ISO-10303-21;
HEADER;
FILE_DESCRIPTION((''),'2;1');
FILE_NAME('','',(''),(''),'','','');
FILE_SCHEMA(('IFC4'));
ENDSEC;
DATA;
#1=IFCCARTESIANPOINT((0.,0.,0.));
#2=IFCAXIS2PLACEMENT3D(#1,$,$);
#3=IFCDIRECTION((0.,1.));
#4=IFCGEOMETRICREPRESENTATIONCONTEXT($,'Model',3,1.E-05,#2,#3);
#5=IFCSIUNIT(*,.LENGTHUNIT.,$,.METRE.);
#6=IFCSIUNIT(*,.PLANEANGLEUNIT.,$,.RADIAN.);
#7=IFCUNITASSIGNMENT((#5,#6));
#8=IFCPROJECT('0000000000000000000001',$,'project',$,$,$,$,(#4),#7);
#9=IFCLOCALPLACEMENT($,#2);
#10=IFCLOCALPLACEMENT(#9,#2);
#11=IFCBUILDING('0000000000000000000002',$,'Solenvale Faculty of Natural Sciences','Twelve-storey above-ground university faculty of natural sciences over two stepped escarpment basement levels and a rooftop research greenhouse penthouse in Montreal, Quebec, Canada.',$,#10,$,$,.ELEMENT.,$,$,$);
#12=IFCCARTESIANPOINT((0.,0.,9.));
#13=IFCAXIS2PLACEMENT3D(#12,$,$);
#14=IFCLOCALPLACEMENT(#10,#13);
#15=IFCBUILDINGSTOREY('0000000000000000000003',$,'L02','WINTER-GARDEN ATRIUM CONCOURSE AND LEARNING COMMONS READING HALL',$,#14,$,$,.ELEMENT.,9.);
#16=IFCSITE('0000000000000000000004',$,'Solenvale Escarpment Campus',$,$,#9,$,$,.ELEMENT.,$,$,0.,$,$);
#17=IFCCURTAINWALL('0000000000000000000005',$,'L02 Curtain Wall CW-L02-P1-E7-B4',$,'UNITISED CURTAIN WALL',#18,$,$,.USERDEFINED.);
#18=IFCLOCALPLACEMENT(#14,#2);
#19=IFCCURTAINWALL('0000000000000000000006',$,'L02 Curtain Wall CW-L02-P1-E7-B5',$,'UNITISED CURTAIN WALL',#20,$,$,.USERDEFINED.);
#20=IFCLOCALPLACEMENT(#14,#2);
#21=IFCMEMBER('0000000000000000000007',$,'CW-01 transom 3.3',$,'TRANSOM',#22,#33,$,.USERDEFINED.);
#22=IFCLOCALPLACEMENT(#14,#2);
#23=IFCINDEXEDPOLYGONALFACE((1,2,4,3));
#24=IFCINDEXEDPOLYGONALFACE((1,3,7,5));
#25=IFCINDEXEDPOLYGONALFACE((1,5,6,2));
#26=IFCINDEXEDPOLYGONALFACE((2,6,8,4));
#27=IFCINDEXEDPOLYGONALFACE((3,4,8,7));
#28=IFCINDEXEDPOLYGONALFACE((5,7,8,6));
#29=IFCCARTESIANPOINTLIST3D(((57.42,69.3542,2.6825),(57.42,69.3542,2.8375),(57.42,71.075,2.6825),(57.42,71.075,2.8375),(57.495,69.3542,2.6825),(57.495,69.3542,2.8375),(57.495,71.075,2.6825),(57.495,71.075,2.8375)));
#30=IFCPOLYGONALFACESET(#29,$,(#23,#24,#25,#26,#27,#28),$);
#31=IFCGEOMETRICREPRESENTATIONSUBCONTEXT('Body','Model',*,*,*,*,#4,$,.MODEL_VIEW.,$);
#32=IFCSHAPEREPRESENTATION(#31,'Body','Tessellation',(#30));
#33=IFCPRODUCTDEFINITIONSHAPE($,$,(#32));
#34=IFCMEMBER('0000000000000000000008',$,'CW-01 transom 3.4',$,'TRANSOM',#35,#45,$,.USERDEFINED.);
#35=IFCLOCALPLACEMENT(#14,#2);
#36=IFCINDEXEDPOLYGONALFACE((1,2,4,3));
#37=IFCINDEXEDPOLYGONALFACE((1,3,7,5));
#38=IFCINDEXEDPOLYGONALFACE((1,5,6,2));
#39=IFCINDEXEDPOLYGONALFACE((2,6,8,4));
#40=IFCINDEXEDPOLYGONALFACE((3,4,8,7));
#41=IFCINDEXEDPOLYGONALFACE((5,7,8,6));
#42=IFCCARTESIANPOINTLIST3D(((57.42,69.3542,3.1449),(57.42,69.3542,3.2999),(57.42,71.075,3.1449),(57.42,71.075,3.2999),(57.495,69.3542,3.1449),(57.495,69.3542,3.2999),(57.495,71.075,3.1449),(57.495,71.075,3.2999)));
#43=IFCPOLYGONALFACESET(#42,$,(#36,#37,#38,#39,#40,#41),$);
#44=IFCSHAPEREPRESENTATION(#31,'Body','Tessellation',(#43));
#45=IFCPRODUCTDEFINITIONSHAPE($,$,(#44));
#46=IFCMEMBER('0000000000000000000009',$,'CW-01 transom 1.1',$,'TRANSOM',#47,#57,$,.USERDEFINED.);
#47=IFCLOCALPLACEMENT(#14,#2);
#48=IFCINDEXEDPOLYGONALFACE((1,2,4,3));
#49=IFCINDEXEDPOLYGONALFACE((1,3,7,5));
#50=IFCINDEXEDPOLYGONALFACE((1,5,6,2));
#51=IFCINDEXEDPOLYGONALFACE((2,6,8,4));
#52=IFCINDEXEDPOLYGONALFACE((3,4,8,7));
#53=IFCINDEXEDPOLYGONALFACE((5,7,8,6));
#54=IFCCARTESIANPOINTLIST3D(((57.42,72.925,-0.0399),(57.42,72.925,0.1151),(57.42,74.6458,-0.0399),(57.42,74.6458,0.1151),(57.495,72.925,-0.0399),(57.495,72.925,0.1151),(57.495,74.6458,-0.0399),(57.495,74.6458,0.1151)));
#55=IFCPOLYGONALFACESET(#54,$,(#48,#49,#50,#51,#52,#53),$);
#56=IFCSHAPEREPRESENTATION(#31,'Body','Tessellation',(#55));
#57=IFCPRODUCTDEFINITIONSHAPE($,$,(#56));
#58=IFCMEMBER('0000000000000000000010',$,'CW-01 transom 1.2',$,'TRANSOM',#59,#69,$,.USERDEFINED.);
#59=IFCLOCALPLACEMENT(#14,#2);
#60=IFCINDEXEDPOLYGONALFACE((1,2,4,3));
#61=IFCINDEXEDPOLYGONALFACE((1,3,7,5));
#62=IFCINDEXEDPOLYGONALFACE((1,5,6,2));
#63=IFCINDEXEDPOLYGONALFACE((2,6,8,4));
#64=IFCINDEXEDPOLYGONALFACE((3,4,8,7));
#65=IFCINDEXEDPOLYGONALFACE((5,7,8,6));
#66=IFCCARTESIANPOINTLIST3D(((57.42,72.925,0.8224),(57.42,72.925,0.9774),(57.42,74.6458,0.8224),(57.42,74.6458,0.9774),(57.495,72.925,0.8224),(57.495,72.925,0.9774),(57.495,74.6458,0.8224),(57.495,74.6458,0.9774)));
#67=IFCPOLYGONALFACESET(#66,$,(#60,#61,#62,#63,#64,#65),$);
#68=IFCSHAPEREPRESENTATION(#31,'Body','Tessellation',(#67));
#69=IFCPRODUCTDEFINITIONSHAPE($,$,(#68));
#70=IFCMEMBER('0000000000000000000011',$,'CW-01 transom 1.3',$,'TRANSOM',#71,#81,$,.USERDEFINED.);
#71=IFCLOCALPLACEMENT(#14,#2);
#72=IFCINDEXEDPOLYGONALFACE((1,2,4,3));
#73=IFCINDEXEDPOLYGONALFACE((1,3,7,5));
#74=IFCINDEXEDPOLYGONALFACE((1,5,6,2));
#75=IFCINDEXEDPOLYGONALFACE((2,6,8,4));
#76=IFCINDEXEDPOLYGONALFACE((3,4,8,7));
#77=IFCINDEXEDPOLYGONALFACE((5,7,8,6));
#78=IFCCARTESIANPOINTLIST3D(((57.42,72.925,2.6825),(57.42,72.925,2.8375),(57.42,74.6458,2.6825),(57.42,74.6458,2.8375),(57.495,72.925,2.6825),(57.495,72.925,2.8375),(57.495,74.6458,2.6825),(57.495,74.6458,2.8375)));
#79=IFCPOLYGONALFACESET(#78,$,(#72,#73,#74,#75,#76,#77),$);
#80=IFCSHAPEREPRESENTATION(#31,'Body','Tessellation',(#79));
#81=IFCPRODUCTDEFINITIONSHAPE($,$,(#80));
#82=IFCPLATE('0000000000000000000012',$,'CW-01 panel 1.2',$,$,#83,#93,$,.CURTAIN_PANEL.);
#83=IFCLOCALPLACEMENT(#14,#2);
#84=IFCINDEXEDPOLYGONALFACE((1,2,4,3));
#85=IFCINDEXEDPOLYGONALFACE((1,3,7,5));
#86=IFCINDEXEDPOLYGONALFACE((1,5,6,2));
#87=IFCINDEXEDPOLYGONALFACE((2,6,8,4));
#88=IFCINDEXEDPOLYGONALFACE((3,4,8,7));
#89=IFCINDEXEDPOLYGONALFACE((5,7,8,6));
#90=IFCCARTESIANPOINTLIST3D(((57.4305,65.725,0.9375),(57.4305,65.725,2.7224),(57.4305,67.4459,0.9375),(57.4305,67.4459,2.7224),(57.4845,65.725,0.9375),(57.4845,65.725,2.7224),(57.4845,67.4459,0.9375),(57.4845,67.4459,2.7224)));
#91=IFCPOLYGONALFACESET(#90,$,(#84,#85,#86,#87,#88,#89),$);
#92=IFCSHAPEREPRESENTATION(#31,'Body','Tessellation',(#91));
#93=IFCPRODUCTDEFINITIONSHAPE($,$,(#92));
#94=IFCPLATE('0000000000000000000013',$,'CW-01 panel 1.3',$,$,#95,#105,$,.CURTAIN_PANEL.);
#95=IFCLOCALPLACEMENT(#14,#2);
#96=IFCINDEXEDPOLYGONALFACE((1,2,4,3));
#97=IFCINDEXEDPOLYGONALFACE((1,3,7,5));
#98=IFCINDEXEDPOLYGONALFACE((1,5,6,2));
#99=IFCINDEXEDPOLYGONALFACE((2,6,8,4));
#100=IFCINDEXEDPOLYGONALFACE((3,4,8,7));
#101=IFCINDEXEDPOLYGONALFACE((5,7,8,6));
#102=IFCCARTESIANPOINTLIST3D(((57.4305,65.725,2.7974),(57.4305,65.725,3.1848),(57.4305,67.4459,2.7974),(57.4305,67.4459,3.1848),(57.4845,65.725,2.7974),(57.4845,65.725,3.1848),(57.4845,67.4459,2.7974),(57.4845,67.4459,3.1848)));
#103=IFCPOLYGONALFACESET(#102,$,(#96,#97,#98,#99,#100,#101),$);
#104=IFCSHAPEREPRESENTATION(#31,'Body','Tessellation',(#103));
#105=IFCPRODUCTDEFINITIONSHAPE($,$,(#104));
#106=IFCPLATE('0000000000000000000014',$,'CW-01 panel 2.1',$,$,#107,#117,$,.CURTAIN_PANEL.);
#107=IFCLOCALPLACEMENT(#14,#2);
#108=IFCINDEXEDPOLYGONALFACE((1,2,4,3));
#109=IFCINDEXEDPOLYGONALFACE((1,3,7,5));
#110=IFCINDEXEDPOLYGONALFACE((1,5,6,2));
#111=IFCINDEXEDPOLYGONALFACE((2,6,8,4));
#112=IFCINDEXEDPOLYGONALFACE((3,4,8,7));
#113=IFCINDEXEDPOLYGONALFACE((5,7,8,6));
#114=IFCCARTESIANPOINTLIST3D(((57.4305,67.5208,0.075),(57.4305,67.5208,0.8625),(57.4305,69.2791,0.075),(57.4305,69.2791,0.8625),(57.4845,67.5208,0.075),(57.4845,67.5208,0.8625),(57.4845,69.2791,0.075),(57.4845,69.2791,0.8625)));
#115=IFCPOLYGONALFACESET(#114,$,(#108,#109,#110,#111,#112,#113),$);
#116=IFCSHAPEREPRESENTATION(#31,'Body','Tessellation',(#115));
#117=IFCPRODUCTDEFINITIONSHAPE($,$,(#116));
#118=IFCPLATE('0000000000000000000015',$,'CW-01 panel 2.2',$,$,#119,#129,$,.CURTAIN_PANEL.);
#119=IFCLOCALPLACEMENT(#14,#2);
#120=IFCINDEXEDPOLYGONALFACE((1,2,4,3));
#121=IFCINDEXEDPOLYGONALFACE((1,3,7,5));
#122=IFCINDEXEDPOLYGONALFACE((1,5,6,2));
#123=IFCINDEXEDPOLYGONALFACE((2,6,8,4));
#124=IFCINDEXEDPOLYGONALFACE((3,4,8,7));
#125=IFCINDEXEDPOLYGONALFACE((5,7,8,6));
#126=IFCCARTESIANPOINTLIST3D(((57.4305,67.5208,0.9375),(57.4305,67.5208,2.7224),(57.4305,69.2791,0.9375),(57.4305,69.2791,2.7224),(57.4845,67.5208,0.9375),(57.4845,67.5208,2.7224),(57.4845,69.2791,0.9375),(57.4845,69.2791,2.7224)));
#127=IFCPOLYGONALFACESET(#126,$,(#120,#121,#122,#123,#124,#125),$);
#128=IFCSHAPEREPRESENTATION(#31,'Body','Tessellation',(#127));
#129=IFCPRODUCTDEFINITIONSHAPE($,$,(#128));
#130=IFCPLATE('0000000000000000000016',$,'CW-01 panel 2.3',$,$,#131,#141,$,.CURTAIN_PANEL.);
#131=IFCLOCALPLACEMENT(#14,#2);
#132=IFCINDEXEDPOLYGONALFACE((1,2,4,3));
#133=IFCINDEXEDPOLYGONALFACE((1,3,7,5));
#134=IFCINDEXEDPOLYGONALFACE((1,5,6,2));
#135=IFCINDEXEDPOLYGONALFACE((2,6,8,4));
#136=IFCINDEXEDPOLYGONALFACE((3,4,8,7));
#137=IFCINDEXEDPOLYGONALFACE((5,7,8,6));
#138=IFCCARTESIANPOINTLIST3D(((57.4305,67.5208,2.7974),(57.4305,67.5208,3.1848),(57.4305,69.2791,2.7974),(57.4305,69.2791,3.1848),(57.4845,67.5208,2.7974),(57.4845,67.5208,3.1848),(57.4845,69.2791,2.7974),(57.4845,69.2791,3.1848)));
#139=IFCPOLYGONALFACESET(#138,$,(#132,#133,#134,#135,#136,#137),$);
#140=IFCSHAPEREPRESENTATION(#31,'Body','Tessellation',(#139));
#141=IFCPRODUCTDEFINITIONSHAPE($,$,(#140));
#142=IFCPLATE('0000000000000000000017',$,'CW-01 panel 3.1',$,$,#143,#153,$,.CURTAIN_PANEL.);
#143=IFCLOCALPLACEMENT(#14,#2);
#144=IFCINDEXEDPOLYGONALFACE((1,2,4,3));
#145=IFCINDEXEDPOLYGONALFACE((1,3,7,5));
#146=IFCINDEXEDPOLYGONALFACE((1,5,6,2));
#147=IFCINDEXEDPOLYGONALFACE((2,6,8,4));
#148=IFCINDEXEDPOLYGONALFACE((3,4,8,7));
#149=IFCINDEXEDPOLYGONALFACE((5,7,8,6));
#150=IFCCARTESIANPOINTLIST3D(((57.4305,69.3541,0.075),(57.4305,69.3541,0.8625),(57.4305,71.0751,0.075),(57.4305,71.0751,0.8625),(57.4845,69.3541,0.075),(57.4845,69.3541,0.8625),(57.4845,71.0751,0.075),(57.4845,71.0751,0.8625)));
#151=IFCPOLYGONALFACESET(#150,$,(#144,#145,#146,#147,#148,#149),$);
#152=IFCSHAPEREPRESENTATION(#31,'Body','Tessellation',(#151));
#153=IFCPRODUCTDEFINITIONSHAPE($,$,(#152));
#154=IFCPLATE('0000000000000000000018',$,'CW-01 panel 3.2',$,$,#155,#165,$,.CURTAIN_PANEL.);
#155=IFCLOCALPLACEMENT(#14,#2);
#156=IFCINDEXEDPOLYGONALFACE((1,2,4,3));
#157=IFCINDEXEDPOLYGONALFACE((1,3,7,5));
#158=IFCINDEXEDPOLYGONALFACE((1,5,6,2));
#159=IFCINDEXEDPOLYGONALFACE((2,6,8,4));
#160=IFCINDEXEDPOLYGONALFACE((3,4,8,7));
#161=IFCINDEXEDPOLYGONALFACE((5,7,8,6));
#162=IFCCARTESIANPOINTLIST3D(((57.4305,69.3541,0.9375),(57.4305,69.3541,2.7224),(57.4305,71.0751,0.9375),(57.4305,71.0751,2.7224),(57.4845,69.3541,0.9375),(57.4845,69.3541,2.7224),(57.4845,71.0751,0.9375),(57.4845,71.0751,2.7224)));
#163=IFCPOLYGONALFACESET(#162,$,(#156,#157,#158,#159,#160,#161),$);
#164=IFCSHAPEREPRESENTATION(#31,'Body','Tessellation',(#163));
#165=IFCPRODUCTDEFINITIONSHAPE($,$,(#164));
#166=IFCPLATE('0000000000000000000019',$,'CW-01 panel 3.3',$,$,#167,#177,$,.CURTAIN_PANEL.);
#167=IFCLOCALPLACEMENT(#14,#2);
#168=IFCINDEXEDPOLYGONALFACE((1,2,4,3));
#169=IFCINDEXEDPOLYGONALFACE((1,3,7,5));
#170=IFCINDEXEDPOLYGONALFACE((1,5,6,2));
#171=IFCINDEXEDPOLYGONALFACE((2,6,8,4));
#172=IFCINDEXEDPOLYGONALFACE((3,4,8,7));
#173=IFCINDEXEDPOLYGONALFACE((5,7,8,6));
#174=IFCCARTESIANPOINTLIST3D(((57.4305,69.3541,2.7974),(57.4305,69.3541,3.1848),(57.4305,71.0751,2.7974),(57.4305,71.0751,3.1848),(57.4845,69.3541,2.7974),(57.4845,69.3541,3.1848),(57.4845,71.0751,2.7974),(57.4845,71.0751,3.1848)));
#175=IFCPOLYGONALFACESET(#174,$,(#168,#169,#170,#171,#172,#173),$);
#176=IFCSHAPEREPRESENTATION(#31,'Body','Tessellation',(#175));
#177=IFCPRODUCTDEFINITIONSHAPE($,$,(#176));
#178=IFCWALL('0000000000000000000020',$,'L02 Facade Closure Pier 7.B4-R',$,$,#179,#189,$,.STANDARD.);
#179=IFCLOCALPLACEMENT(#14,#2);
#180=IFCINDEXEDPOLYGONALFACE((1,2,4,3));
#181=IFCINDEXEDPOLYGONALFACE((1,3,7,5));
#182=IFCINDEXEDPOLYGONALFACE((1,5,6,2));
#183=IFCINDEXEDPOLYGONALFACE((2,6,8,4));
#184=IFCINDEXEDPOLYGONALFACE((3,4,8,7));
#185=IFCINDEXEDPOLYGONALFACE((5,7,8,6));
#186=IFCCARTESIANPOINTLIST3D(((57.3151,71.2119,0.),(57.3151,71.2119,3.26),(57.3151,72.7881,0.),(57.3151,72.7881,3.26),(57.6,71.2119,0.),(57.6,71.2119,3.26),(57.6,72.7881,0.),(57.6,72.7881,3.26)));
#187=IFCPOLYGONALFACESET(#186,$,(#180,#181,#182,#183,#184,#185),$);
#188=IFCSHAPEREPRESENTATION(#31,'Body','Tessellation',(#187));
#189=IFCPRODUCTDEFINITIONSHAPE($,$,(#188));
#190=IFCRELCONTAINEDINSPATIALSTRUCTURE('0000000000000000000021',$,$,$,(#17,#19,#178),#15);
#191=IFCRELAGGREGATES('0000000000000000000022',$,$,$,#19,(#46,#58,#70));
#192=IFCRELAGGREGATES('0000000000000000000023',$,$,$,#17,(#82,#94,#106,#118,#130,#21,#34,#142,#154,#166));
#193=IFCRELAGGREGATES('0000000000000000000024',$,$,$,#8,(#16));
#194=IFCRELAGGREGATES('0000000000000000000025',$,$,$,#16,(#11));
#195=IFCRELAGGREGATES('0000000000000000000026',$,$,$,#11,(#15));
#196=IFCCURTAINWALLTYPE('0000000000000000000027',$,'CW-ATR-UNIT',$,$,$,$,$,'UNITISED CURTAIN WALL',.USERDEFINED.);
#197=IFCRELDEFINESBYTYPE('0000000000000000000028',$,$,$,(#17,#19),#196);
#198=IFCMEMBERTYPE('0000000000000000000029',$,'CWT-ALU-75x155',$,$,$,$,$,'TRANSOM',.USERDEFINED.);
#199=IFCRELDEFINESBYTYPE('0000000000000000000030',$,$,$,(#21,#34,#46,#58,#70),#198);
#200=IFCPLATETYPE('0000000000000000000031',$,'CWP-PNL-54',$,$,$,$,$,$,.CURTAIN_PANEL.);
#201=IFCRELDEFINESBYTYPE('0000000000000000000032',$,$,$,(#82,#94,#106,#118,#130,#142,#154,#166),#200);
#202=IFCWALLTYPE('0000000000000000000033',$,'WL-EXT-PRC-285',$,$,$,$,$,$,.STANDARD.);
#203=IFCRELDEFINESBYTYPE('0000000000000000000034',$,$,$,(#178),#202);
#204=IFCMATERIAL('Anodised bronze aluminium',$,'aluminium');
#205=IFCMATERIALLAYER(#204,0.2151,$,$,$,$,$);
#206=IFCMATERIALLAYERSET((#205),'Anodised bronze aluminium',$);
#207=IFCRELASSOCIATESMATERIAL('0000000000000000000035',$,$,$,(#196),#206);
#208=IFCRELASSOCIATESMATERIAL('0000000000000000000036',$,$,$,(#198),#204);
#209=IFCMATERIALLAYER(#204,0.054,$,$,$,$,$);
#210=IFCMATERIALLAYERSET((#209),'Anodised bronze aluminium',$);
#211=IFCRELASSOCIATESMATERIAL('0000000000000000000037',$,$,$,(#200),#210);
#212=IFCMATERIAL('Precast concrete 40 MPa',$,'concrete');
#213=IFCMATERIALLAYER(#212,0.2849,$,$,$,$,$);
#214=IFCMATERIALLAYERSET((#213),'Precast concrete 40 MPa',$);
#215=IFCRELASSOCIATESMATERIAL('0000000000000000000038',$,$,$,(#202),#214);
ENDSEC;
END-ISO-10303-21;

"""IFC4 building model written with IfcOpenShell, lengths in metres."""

from ifc_helpers import new_model, si_unit, direction, frame, frame_2d, origin, origin_2d, place, context, subcontext, project, spatial, rectangle, extrude, material, layer, layer_set, material_profile, profile_set, type_object, element, aggregate, save


model = new_model("IFC4")

# Units and contexts
model_context = context("Model", 3, precision=1e-05, world=origin(), true_north=direction((0.0, 1.0)))
body_context = subcontext(model_context, "Body", "Model", "MODEL_VIEW")
ifc_project = project(units=[si_unit("LENGTHUNIT", "METRE"), si_unit("PLANEANGLEUNIT", "RADIAN")], contexts=[model_context])

# Site, building, storey
site_placement = place(None, origin())
site = spatial("IfcSite", under=ifc_project, at=site_placement, Name="Solenvale Escarpment Campus", CompositionType="ELEMENT", RefElevation=0.0)
building_placement = place(site_placement, origin())
building = spatial("IfcBuilding", under=site, at=building_placement, Name="Solenvale Faculty of Natural Sciences", Description="Twelve-storey above-ground university faculty of natural sciences over two stepped escarpment basement levels and a rooftop research greenhouse penthouse in Montreal, Quebec, Canada.", CompositionType="ELEMENT")
storey_placement = place(building_placement, frame((0.0, 0.0, 9.0)))
storey = spatial("IfcBuildingStorey", under=building, at=storey_placement, Name="L02", Description="WINTER-GARDEN ATRIUM CONCOURSE AND LEARNING COMMONS READING HALL", CompositionType="ELEMENT", Elevation=9.0)

# Curtain wall
ifc_material_1 = material(Name="Anodised bronze aluminium", Category="aluminium")
ifc_layer_1 = layer(ifc_material_1, 0.2151)
ifc_layer_set_1 = layer_set([ifc_layer_1], Name="Anodised bronze aluminium")
curtain_wall_type = type_object("IfcCurtainWallType", Name="CW-ATR-UNIT", ElementType="UNITISED CURTAIN WALL", PredefinedType="USERDEFINED", material=ifc_layer_set_1)
curtain_wall_1_placement = place(storey_placement, origin())
curtain_wall_1 = element("IfcCurtainWall", 1, at=curtain_wall_1_placement, inside=storey, type_object=curtain_wall_type, Name="L02 Curtain Wall CW-L02-P1-E7-B4", ObjectType="UNITISED CURTAIN WALL", PredefinedType="USERDEFINED")

# Curtain wall
curtain_wall_2_placement = place(storey_placement, origin())
curtain_wall_2 = element("IfcCurtainWall", 2, at=curtain_wall_2_placement, inside=storey, type_object=curtain_wall_type, Name="L02 Curtain Wall CW-L02-P1-E7-B5", ObjectType="UNITISED CURTAIN WALL", PredefinedType="USERDEFINED")

# Members
ifc_material_profile_1 = material_profile(ifc_material_1, rectangle(XDim=0.075, YDim=0.155, at=origin_2d()), Name="ALU-TRN-75x155")
ifc_profile_set_1 = profile_set([ifc_material_profile_1], Name="Anodised bronze aluminium")
member_type_1 = type_object("IfcMemberType", Name="CWT-ALU-75x155", ElementType="TRANSOM", PredefinedType="USERDEFINED", material=ifc_profile_set_1)
member_1_placement = place(storey_placement, frame((57.4575, 69.3542, 2.76), z_axis=(0.0, 1.0, 0.0), x_axis=(-1.0, 0.0, 0.0)))
member_1 = element("IfcMember", 3, at=member_1_placement, type_object=member_type_1, Name="CW-01 transom 3.3", ObjectType="TRANSOM", PredefinedType="USERDEFINED", context=body_context, shape_type="SweptSolid", body=[
    extrude(rectangle(XDim=0.075, YDim=0.155, at=origin_2d()), origin(), (0.0, 0.0, 1.0), 1.7207),
])
member_2_placement = place(storey_placement, frame((57.4575, 69.3542, 3.2224), z_axis=(0.0, 1.0, 0.0), x_axis=(-1.0, 0.0, 0.0)))
member_2 = element("IfcMember", 4, at=member_2_placement, type_object=member_type_1, Name="CW-01 transom 3.4", ObjectType="TRANSOM", PredefinedType="USERDEFINED", context=body_context, shape_type="SweptSolid", body=[
    extrude(rectangle(XDim=0.075, YDim=0.155, at=origin_2d()), origin(), (0.0, 0.0, 1.0), 1.7207),
])
member_3_placement = place(storey_placement, frame((57.4575, 72.925, 0.0376), z_axis=(0.0, 1.0, 0.0), x_axis=(-1.0, 0.0, 0.0)))
member_3 = element("IfcMember", 5, at=member_3_placement, type_object=member_type_1, Name="CW-01 transom 1.1", ObjectType="TRANSOM", PredefinedType="USERDEFINED", context=body_context, shape_type="SweptSolid", body=[
    extrude(rectangle(XDim=0.075, YDim=0.155, at=origin_2d()), origin(), (0.0, 0.0, 1.0), 1.7207),
])
member_4_placement = place(storey_placement, frame((57.4575, 72.925, 0.8999), z_axis=(0.0, 1.0, 0.0), x_axis=(-1.0, 0.0, 0.0)))
member_4 = element("IfcMember", 6, at=member_4_placement, type_object=member_type_1, Name="CW-01 transom 1.2", ObjectType="TRANSOM", PredefinedType="USERDEFINED", context=body_context, shape_type="SweptSolid", body=[
    extrude(rectangle(XDim=0.075, YDim=0.155, at=origin_2d()), origin(), (0.0, 0.0, 1.0), 1.7207),
])
member_5_placement = place(storey_placement, frame((57.4575, 72.925, 2.76), z_axis=(0.0, 1.0, 0.0), x_axis=(-1.0, 0.0, 0.0)))
member_5 = element("IfcMember", 7, at=member_5_placement, type_object=member_type_1, Name="CW-01 transom 1.3", ObjectType="TRANSOM", PredefinedType="USERDEFINED", context=body_context, shape_type="SweptSolid", body=[
    extrude(rectangle(XDim=0.075, YDim=0.155, at=origin_2d()), origin(), (0.0, 0.0, 1.0), 1.7207),
])
aggregate(curtain_wall_2, [member_3, member_4, member_5])

# Plates
ifc_layer_2 = layer(ifc_material_1, 0.054)
ifc_layer_set_2 = layer_set([ifc_layer_2], Name="Anodised bronze aluminium")
plate_type = type_object("IfcPlateType", Name="CWP-PNL-54", PredefinedType="CURTAIN_PANEL", material=ifc_layer_set_2)
plate_1_placement = place(storey_placement, frame((57.4575, 66.5854, 0.9375), z_axis=(0.0, 0.0, 1.0), x_axis=(0.0, 1.0, 0.0)))
plate_1 = element("IfcPlate", 8, at=plate_1_placement, type_object=plate_type, Name="CW-01 panel 1.2", PredefinedType="CURTAIN_PANEL", context=body_context, shape_type="SweptSolid", body=[
    extrude(rectangle(XDim=1.7209, YDim=0.054, at=origin_2d()), origin(), (0.0, 0.0, 1.0), 1.7849),
])
plate_2_placement = place(storey_placement, frame((57.4575, 66.5854, 2.7974), z_axis=(0.0, 0.0, 1.0), x_axis=(0.0, 1.0, 0.0)))
plate_2 = element("IfcPlate", 9, at=plate_2_placement, type_object=plate_type, Name="CW-01 panel 1.3", PredefinedType="CURTAIN_PANEL", context=body_context, shape_type="SweptSolid", body=[
    extrude(rectangle(XDim=1.7209, YDim=0.054, at=origin_2d()), origin(), (0.0, 0.0, 1.0), 0.3875),
])
plate_3_placement = place(storey_placement, frame((57.4575, 68.3999, 0.075), z_axis=(0.0, 0.0, 1.0), x_axis=(0.0, 1.0, 0.0)))
plate_3 = element("IfcPlate", 10, at=plate_3_placement, type_object=plate_type, Name="CW-01 panel 2.1", PredefinedType="CURTAIN_PANEL", context=body_context, shape_type="SweptSolid", body=[
    extrude(rectangle(XDim=1.7583, YDim=0.054, at=origin_2d()), origin(), (0.0, 0.0, 1.0), 0.7876),
])
plate_4_placement = place(storey_placement, frame((57.4575, 68.3999, 0.9375), z_axis=(0.0, 0.0, 1.0), x_axis=(0.0, 1.0, 0.0)))
plate_4 = element("IfcPlate", 11, at=plate_4_placement, type_object=plate_type, Name="CW-01 panel 2.2", PredefinedType="CURTAIN_PANEL", context=body_context, shape_type="SweptSolid", body=[
    extrude(rectangle(XDim=1.7583, YDim=0.054, at=origin_2d()), origin(), (0.0, 0.0, 1.0), 1.7849),
])
plate_5_placement = place(storey_placement, frame((57.4575, 68.3999, 2.7974), z_axis=(0.0, 0.0, 1.0), x_axis=(0.0, 1.0, 0.0)))
plate_5 = element("IfcPlate", 12, at=plate_5_placement, type_object=plate_type, Name="CW-01 panel 2.3", PredefinedType="CURTAIN_PANEL", context=body_context, shape_type="SweptSolid", body=[
    extrude(rectangle(XDim=1.7583, YDim=0.054, at=origin_2d()), origin(), (0.0, 0.0, 1.0), 0.3875),
])
plate_6_placement = place(storey_placement, frame((57.4575, 70.2146, 0.075), z_axis=(0.0, 0.0, 1.0), x_axis=(0.0, 1.0, 0.0)))
plate_6 = element("IfcPlate", 13, at=plate_6_placement, type_object=plate_type, Name="CW-01 panel 3.1", PredefinedType="CURTAIN_PANEL", context=body_context, shape_type="SweptSolid", body=[
    extrude(rectangle(XDim=1.7209, YDim=0.054, at=origin_2d()), origin(), (0.0, 0.0, 1.0), 0.7876),
])
plate_7_placement = place(storey_placement, frame((57.4575, 70.2146, 0.9375), z_axis=(0.0, 0.0, 1.0), x_axis=(0.0, 1.0, 0.0)))
plate_7 = element("IfcPlate", 14, at=plate_7_placement, type_object=plate_type, Name="CW-01 panel 3.2", PredefinedType="CURTAIN_PANEL", context=body_context, shape_type="SweptSolid", body=[
    extrude(rectangle(XDim=1.7209, YDim=0.054, at=origin_2d()), origin(), (0.0, 0.0, 1.0), 1.7849),
])
plate_8_placement = place(storey_placement, frame((57.4575, 70.2146, 2.7974), z_axis=(0.0, 0.0, 1.0), x_axis=(0.0, 1.0, 0.0)))
plate_8 = element("IfcPlate", 15, at=plate_8_placement, type_object=plate_type, Name="CW-01 panel 3.3", PredefinedType="CURTAIN_PANEL", context=body_context, shape_type="SweptSolid", body=[
    extrude(rectangle(XDim=1.7209, YDim=0.054, at=origin_2d()), origin(), (0.0, 0.0, 1.0), 0.3875),
])
aggregate(curtain_wall_1, [plate_1, plate_2, plate_3, plate_4, plate_5, member_1, member_2, plate_6, plate_7, plate_8])

# Wall
ifc_material_2 = material(Name="Precast concrete 40 MPa", Category="concrete")
ifc_layer_3 = layer(ifc_material_2, 0.2849)
ifc_layer_set_3 = layer_set([ifc_layer_3], Name="Precast concrete 40 MPa")
wall_type = type_object("IfcWallType", Name="WL-EXT-PRC-285", PredefinedType="STANDARD", material=ifc_layer_set_3)
wall_placement = place(storey_placement, frame((57.4575, 71.2119, 0.0), z_axis=(0.0, 0.0, 1.0), x_axis=(0.0, 1.0, 0.0)))
element("IfcWall", 16, at=wall_placement, inside=storey, type_object=wall_type, Name="L02 Facade Closure Pier 7.B4-R", PredefinedType="STANDARD", context=body_context, shape_type="SweptSolid", body=[
    extrude(rectangle(XDim=1.5762, YDim=0.2849, at=frame_2d((0.7881, 0.0))), origin(), (0.0, 0.0, 1.0), 3.26),
])

save(model, "model.ifc")
